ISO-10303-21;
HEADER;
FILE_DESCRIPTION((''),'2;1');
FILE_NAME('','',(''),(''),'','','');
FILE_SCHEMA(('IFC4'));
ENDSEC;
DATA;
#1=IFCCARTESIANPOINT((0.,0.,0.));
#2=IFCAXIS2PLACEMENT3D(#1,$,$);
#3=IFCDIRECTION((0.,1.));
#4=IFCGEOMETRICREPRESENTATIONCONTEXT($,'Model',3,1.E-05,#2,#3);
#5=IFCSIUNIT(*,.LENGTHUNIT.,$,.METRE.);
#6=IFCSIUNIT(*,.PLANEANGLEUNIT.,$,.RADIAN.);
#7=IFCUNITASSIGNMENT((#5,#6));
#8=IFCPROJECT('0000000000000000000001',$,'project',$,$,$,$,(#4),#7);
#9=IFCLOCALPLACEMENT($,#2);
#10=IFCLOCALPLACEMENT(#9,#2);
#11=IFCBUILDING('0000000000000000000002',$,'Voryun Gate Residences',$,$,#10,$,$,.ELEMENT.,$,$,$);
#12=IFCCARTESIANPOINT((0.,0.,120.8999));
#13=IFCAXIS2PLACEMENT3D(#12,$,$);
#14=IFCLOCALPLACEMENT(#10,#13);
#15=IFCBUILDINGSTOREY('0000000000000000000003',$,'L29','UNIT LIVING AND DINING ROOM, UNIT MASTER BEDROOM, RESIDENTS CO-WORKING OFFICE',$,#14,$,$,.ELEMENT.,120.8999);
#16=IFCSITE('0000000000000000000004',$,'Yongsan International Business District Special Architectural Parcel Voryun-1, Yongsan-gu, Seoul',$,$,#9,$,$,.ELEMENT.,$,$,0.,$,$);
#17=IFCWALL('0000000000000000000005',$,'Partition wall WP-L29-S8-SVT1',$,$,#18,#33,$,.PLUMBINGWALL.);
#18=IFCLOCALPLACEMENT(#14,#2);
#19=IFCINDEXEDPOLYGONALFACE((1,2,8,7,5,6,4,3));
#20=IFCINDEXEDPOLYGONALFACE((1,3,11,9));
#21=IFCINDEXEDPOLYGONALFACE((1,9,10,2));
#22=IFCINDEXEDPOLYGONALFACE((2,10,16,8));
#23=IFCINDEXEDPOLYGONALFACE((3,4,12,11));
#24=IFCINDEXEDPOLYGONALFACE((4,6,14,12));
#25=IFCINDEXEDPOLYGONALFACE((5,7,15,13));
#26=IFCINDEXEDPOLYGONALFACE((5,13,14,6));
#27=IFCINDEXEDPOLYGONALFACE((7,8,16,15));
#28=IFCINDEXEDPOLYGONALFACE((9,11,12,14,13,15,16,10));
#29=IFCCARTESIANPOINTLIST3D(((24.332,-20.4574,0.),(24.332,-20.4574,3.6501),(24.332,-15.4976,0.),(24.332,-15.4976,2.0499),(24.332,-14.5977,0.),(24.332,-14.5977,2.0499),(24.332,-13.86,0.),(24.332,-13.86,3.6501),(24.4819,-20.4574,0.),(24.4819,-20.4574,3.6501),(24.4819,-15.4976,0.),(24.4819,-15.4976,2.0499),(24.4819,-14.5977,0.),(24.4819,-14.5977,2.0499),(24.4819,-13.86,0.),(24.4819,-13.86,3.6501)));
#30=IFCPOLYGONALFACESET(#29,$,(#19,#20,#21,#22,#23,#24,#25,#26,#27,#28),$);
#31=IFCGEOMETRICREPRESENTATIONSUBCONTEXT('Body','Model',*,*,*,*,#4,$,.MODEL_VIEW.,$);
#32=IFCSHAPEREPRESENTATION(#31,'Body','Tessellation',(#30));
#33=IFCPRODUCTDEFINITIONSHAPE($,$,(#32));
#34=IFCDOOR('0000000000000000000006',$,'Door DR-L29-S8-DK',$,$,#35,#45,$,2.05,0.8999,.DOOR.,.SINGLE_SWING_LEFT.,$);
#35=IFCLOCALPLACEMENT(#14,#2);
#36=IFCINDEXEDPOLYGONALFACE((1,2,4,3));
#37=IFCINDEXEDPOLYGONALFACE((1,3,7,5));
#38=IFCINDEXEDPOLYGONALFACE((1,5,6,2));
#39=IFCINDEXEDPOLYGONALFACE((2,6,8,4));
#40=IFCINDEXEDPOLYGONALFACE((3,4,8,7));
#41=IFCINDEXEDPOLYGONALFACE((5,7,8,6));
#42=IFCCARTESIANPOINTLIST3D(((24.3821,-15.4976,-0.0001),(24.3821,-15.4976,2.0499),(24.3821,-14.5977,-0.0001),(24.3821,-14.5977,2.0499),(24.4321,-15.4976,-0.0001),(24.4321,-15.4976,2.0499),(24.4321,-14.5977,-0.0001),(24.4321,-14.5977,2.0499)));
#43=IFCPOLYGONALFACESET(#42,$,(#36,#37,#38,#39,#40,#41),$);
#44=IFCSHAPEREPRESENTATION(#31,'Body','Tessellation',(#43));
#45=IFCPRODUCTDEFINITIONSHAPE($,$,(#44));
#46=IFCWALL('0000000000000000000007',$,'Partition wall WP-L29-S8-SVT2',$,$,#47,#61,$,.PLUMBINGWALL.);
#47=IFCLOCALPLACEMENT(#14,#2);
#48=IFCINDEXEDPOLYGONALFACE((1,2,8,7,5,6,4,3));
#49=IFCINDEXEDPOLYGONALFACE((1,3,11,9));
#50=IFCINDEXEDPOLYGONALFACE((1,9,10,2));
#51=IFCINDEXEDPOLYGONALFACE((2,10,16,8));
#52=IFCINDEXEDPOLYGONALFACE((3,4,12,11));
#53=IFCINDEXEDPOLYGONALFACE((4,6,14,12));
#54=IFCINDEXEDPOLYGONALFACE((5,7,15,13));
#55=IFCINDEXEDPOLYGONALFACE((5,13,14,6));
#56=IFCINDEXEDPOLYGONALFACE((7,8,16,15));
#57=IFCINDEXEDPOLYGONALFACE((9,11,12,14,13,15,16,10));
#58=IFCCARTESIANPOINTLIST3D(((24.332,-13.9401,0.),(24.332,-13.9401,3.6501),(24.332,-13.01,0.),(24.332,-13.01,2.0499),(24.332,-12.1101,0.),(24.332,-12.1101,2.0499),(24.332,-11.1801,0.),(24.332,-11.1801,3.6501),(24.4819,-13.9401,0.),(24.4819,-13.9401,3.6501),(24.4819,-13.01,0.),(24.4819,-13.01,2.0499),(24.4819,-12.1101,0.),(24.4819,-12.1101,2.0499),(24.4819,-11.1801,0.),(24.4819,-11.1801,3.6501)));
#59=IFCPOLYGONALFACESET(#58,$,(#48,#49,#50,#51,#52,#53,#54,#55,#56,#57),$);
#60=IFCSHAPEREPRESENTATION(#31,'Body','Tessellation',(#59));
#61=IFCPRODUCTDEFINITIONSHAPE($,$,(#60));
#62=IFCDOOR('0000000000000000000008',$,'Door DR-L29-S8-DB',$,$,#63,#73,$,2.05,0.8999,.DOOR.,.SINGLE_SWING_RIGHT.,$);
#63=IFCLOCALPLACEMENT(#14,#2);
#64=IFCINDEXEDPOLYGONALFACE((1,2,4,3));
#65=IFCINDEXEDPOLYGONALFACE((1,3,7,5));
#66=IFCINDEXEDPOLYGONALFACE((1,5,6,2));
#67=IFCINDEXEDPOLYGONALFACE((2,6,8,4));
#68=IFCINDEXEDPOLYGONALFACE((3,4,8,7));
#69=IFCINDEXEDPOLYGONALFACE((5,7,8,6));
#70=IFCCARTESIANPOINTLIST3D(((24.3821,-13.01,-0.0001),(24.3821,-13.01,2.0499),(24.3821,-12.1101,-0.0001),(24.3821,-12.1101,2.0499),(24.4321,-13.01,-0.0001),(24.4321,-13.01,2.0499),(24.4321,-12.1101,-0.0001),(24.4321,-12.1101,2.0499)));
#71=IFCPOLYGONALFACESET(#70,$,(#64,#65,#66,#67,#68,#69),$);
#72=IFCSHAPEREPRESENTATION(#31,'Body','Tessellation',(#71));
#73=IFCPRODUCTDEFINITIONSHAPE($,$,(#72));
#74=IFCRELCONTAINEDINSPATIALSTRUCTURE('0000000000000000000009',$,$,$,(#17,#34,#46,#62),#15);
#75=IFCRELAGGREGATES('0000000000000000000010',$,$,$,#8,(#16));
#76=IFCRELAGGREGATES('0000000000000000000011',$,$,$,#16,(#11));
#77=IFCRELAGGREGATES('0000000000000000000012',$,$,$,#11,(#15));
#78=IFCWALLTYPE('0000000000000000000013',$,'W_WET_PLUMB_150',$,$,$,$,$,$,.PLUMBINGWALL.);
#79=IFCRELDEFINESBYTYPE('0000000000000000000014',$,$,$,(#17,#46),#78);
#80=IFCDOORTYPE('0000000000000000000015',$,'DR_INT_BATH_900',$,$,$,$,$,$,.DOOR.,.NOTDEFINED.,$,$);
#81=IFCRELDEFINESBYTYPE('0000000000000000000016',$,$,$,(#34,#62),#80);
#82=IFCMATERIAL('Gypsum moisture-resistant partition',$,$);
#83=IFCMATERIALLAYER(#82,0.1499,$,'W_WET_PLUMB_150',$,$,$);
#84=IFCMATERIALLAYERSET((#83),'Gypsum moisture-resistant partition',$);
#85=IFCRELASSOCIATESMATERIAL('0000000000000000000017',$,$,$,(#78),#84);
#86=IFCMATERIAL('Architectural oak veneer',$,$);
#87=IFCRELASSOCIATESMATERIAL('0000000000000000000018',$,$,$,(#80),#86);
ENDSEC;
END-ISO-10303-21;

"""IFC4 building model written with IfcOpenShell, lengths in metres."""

from ifc_helpers import new_model, si_unit, direction, frame, frame_2d, origin, place, context, subcontext, project, spatial, rectangle, extrude, material, layer, layer_set, type_object, element, fill, save


model = new_model("IFC4")

# Units and contexts
model_context = context("Model", 3, precision=1e-05, world=origin(), true_north=direction((0.0, 1.0)))
body_context = subcontext(model_context, "Body", "Model", "MODEL_VIEW")
ifc_project = project(units=[si_unit("LENGTHUNIT", "METRE"), si_unit("PLANEANGLEUNIT", "RADIAN")], contexts=[model_context])

# Site, building, storey
site_placement = place(None, origin())
site = spatial("IfcSite", under=ifc_project, at=site_placement, Name="Yongsan International Business District Special Architectural Parcel Voryun-1, Yongsan-gu, Seoul", CompositionType="ELEMENT", RefElevation=0.0)
building_placement = place(site_placement, origin())
building = spatial("IfcBuilding", under=site, at=building_placement, Name="Voryun Gate Residences", CompositionType="ELEMENT")
storey_placement = place(building_placement, frame((0.0, 0.0, 120.8999)))
storey = spatial("IfcBuildingStorey", under=building, at=storey_placement, Name="L29", Description="UNIT LIVING AND DINING ROOM, UNIT MASTER BEDROOM, RESIDENTS CO-WORKING OFFICE", CompositionType="ELEMENT", Elevation=120.8999)

# Shared definitions
ifc_material_1 = material(Name="Gypsum moisture-resistant partition")
ifc_layer_1 = layer(ifc_material_1, 0.1499, Name="W_WET_PLUMB_150")
ifc_layer_set_1 = layer_set([ifc_layer_1], Name="Gypsum moisture-resistant partition")
wall_type_1 = type_object("IfcWallType", Name="W_WET_PLUMB_150", PredefinedType="PLUMBINGWALL", material=ifc_layer_set_1)
ifc_material_2 = material(Name="Architectural oak veneer")
door_type = type_object("IfcDoorType", Name="DR_INT_BATH_900", OperationType="NOTDEFINED", PredefinedType="DOOR", material=ifc_material_2)

# Walls, openings, doors
wall_1_placement = place(storey_placement, frame((24.407, -20.4575, 0.0), z_axis=(0.0, 0.0, 1.0), x_axis=(0.0, 1.0, 0.0)))
wall_1 = element("IfcWall", 1, at=wall_1_placement, inside=storey, type_object=wall_type_1, Name="Partition wall WP-L29-S8-SVT1", PredefinedType="PLUMBINGWALL", context=body_context, shape_type="SweptSolid", body=[
    extrude(rectangle(XDim=6.5974, YDim=0.1499, at=frame_2d((3.2988, 0.0))), origin(), (0.0, 0.0, 1.0), 3.6501),
])
opening_1_placement = place(wall_1_placement, frame((4.96, 0.0, 0.0)))
opening_1 = element("IfcOpeningElement", 2, at=opening_1_placement, cuts=wall_1, PredefinedType="OPENING", context=body_context, shape_type="SweptSolid", body=[
    extrude(rectangle(XDim=0.8999, YDim=2.05, at=frame_2d((0.45, 1.0249))), frame((0.0, 0.085, 0.0), z_axis=(0.0, -1.0, 0.0), x_axis=(1.0, 0.0, 0.0)), (0.0, 0.0, 1.0), 0.1699),
])
door_1_placement = place(opening_1_placement, origin())
door_1 = element("IfcDoor", 3, at=door_1_placement, inside=storey, type_object=door_type, Name="Door DR-L29-S8-DK", OperationType="SINGLE_SWING_LEFT", OverallHeight=2.05, OverallWidth=0.8999, PredefinedType="DOOR", context=body_context, shape_type="SweptSolid", body=[
    extrude(rectangle(XDim=0.8999, YDim=2.05, at=frame_2d((0.45, 1.0249))), frame((0.0, 0.0249, 0.0), z_axis=(0.0, -1.0, 0.0), x_axis=(1.0, 0.0, 0.0)), (0.0, 0.0, 1.0), 0.05),
])
fill(opening_1, door_1)
wall_2_placement = place(storey_placement, frame((24.407, -13.9399, 0.0), z_axis=(0.0, 0.0, 1.0), x_axis=(0.0, 1.0, 0.0)))
wall_2 = element("IfcWall", 4, at=wall_2_placement, inside=storey, type_object=wall_type_1, Name="Partition wall WP-L29-S8-SVT2", PredefinedType="PLUMBINGWALL", context=body_context, shape_type="SweptSolid", body=[
    extrude(rectangle(XDim=2.76, YDim=0.1499, at=frame_2d((1.3799, 0.0))), origin(), (0.0, 0.0, 1.0), 3.6501),
])
opening_2_placement = place(wall_2_placement, frame((0.9299, 0.0, 0.0)))
opening_2 = element("IfcOpeningElement", 5, at=opening_2_placement, cuts=wall_2, PredefinedType="OPENING", context=body_context, shape_type="SweptSolid", body=[
    extrude(rectangle(XDim=0.8999, YDim=2.05, at=frame_2d((0.45, 1.0249))), frame((0.0, 0.085, 0.0), z_axis=(0.0, -1.0, 0.0), x_axis=(1.0, 0.0, 0.0)), (0.0, 0.0, 1.0), 0.1699),
])
door_2_placement = place(opening_2_placement, origin())
door_2 = element("IfcDoor", 6, at=door_2_placement, inside=storey, type_object=door_type, Name="Door DR-L29-S8-DB", OperationType="SINGLE_SWING_RIGHT", OverallHeight=2.05, OverallWidth=0.8999, PredefinedType="DOOR", context=body_context, shape_type="SweptSolid", body=[
    extrude(rectangle(XDim=0.8999, YDim=2.05, at=frame_2d((0.45, 1.0249))), frame((0.0, 0.0249, 0.0), z_axis=(0.0, -1.0, 0.0), x_axis=(1.0, 0.0, 0.0)), (0.0, 0.0, 1.0), 0.05),
])
fill(opening_2, door_2)

save(model, "model.ifc")
